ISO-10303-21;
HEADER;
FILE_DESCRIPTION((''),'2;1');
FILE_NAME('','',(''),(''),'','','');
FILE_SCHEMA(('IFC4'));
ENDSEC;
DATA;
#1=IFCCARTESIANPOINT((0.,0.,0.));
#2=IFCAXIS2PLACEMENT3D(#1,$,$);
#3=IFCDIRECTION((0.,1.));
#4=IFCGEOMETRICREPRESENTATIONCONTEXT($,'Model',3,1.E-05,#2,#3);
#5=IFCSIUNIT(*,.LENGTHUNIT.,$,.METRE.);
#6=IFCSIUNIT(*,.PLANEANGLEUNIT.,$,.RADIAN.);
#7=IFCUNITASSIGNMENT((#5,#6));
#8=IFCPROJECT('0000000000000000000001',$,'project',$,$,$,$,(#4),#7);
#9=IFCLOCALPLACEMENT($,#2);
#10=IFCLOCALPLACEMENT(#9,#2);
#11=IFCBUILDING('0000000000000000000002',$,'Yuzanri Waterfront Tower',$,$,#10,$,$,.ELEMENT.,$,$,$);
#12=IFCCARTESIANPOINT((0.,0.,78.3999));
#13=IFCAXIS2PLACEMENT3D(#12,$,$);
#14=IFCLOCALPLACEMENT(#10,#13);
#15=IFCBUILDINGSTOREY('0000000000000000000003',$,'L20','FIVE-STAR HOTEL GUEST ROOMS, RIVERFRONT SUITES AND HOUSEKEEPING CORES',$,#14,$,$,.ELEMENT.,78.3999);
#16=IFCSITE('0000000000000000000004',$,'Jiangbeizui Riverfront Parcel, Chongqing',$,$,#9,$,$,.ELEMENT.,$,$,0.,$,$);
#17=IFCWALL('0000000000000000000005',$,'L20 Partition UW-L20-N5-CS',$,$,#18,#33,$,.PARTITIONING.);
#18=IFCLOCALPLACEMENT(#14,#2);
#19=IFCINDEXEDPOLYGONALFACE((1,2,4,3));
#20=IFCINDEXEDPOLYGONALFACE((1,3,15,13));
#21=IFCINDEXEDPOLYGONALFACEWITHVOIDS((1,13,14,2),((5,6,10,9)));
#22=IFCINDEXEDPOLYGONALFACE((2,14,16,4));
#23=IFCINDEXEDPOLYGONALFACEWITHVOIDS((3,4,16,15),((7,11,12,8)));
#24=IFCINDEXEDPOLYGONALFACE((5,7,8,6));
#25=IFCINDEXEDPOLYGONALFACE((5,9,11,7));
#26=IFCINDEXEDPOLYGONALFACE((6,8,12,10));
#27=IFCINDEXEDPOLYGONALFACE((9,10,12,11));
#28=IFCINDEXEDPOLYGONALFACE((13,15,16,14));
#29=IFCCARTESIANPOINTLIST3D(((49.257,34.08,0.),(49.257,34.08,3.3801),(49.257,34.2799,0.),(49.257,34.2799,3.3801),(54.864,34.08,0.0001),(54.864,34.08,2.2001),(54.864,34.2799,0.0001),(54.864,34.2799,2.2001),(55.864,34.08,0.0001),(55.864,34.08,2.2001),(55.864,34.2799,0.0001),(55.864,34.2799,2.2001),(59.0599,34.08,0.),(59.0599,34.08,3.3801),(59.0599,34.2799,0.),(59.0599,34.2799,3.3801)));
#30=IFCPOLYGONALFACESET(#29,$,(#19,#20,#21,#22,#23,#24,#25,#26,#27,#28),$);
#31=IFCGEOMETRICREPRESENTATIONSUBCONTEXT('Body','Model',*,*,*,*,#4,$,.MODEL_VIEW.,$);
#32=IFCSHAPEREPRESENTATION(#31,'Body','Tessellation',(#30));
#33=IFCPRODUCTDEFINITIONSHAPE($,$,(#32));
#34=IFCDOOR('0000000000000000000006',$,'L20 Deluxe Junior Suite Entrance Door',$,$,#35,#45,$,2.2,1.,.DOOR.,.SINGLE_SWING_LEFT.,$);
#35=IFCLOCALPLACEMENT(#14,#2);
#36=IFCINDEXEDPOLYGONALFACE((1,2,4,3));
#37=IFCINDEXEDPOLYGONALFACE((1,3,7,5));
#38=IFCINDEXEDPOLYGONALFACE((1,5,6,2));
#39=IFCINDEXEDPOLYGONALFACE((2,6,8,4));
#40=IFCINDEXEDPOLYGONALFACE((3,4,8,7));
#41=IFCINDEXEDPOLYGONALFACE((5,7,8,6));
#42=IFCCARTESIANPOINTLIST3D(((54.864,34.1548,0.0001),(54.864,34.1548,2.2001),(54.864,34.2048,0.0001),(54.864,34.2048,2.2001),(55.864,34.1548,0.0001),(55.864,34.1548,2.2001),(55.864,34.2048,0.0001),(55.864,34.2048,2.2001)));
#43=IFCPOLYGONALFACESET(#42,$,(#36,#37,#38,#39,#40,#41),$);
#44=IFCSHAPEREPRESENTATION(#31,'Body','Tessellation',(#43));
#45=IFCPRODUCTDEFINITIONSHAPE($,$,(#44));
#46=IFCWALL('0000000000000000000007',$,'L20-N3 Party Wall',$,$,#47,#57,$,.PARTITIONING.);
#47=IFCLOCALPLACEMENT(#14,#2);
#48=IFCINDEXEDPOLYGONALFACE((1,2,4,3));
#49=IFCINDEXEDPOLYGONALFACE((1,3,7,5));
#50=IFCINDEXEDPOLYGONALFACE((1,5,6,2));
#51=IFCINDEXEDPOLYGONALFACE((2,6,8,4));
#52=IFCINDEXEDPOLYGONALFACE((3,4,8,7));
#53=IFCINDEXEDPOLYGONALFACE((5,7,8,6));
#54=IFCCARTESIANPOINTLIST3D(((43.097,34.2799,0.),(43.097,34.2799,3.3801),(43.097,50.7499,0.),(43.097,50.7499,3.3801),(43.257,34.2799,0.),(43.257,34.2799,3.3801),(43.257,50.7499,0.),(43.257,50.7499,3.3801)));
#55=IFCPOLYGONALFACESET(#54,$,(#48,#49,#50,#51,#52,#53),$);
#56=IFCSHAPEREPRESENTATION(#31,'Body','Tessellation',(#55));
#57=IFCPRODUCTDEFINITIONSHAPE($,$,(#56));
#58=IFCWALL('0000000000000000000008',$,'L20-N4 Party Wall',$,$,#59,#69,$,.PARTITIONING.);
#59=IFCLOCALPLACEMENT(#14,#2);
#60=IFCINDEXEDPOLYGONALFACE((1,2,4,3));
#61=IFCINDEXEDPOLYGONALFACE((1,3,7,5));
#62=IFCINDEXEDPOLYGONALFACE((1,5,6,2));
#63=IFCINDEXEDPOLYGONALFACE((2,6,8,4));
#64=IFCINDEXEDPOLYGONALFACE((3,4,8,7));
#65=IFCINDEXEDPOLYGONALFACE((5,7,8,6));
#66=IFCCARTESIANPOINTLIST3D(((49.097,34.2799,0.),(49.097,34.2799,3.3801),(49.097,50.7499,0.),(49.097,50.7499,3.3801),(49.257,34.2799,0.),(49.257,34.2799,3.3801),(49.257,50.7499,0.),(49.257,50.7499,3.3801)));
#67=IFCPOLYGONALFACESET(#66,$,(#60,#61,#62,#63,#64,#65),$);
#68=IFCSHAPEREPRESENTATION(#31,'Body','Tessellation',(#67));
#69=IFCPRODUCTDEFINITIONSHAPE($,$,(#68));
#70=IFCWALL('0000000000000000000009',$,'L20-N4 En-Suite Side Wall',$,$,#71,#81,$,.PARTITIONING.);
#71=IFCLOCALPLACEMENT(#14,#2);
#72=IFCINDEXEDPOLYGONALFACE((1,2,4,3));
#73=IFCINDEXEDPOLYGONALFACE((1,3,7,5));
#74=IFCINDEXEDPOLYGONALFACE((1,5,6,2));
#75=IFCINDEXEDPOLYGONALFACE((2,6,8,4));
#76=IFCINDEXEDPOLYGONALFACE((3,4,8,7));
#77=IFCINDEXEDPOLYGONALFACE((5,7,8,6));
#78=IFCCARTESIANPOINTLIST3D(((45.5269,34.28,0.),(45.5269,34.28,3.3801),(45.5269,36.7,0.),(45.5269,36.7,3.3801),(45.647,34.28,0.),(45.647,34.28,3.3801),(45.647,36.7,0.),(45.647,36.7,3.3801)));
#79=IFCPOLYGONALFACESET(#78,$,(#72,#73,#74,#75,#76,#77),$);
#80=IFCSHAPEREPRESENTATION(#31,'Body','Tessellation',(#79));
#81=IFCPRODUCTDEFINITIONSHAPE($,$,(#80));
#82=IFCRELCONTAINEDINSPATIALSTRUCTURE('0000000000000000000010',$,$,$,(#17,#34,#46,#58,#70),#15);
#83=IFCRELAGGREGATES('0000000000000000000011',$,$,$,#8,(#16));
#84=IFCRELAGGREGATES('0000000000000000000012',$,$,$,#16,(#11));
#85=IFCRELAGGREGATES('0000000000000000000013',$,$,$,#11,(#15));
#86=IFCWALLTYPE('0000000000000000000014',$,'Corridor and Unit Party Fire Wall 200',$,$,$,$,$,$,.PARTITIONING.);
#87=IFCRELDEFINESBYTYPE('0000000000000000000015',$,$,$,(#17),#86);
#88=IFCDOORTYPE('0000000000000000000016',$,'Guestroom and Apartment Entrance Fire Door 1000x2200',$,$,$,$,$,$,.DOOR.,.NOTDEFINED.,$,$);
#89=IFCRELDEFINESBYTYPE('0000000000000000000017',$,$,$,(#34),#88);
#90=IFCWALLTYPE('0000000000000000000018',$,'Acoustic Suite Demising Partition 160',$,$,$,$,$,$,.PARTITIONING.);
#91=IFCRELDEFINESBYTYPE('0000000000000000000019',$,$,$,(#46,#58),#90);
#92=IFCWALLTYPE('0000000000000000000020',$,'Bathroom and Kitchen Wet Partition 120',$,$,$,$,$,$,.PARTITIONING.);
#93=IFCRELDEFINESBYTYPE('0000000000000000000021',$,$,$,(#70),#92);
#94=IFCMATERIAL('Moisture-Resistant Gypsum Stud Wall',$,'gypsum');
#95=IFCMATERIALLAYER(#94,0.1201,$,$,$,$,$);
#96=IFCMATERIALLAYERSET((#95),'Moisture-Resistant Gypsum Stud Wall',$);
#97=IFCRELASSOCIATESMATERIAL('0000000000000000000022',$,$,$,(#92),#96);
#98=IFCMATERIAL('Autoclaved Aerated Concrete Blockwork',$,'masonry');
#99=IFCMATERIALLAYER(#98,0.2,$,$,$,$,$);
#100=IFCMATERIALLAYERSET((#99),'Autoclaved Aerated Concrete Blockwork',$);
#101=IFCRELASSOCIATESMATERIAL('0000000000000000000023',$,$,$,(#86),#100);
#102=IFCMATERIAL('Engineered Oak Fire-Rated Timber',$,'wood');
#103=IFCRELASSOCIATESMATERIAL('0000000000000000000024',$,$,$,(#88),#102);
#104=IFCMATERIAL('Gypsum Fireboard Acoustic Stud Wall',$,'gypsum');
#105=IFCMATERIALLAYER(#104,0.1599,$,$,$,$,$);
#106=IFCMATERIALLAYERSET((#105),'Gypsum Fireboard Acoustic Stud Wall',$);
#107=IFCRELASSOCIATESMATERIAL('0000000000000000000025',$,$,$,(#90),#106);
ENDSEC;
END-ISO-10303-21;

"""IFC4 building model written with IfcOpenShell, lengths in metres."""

from ifc_helpers import new_model, si_unit, direction, frame, frame_2d, origin, place, context, subcontext, project, spatial, rectangle, extrude, source, transform, mapped, material, layer, layer_set, type_object, element, fill, save


model = new_model("IFC4")

# Units and contexts
model_context = context("Model", 3, precision=1e-05, world=origin(), true_north=direction((0.0, 1.0)))
body_context = subcontext(model_context, "Body", "Model", "MODEL_VIEW")
ifc_project = project(units=[si_unit("LENGTHUNIT", "METRE"), si_unit("PLANEANGLEUNIT", "RADIAN")], contexts=[model_context])

# Site, building, storey
site_placement = place(None, origin())
site = spatial("IfcSite", under=ifc_project, at=site_placement, Name="Jiangbeizui Riverfront Parcel, Chongqing", CompositionType="ELEMENT", RefElevation=0.0)
building_placement = place(site_placement, origin())
building = spatial("IfcBuilding", under=site, at=building_placement, Name="Yuzanri Waterfront Tower", CompositionType="ELEMENT")
storey_placement = place(building_placement, frame((0.0, 0.0, 78.3999)))
storey = spatial("IfcBuildingStorey", under=building, at=storey_placement, Name="L20", Description="FIVE-STAR HOTEL GUEST ROOMS, RIVERFRONT SUITES AND HOUSEKEEPING CORES", CompositionType="ELEMENT", Elevation=78.3999)

# Wall, opening, door
ifc_material_1 = material(Name="Moisture-Resistant Gypsum Stud Wall", Category="gypsum")
ifc_layer_1 = layer(ifc_material_1, 0.1201)
ifc_layer_set_1 = layer_set([ifc_layer_1], Name="Moisture-Resistant Gypsum Stud Wall")
wall_type_1 = type_object("IfcWallType", Name="Bathroom and Kitchen Wet Partition 120", PredefinedType="PARTITIONING", material=ifc_layer_set_1)
ifc_material_2 = material(Name="Autoclaved Aerated Concrete Blockwork", Category="masonry")
ifc_layer_2 = layer(ifc_material_2, 0.2)
ifc_layer_set_2 = layer_set([ifc_layer_2], Name="Autoclaved Aerated Concrete Blockwork")
wall_type_2 = type_object("IfcWallType", Name="Corridor and Unit Party Fire Wall 200", PredefinedType="PARTITIONING", material=ifc_layer_set_2)
ifc_material_3 = material(Name="Engineered Oak Fire-Rated Timber", Category="wood")
door_type_1 = type_object("IfcDoorType", Name="Guestroom and Apartment Entrance Fire Door 1000x2200", OperationType="NOTDEFINED", PredefinedType="DOOR", material=ifc_material_3)
shared_shape_1 = source(origin(), body_context, "Body", "SweptSolid", [
    extrude(rectangle(XDim=1.0, YDim=2.2, at=frame_2d((0.5, 1.1001))), frame((0.0, 0.0249, 0.0), z_axis=(0.0, -1.0, 0.0), x_axis=(1.0, 0.0, 0.0)), (0.0, 0.0, 1.0), 0.05),
])
wall_1_placement = place(storey_placement, frame((49.2571, 34.1799, 0.0), z_axis=(0.0, 0.0, 1.0), x_axis=(1.0, 0.0, 0.0)))
wall_1 = element("IfcWall", 1, at=wall_1_placement, inside=storey, type_object=wall_type_2, Name="L20 Partition UW-L20-N5-CS", PredefinedType="PARTITIONING", context=body_context, shape_type="SweptSolid", body=[
    extrude(rectangle(XDim=9.803, YDim=0.2, at=frame_2d((4.9014, 0.0))), origin(), (0.0, 0.0, 1.0), 3.3801),
])
opening_1_placement = place(wall_1_placement, frame((5.6069, 0.0, 0.0)))
opening_1 = element("IfcOpeningElement", 2, at=opening_1_placement, cuts=wall_1, PredefinedType="OPENING", context=body_context, shape_type="SweptSolid", body=[
    extrude(rectangle(XDim=1.0, YDim=2.2, at=frame_2d((0.5, 1.1001))), frame((0.0, 0.1147, 0.0), z_axis=(0.0, -1.0, 0.0), x_axis=(1.0, 0.0, 0.0)), (0.0, 0.0, 1.0), 0.2297),
])
door_1_placement = place(opening_1_placement, origin())
door_1 = element("IfcDoor", 3, at=door_1_placement, inside=storey, type_object=door_type_1, Name="L20 Deluxe Junior Suite Entrance Door", OperationType="SINGLE_SWING_LEFT", OverallHeight=2.2, OverallWidth=1.0, PredefinedType="DOOR", context=body_context, shape_type="MappedRepresentation", body=[
    mapped(shared_shape_1, transform((0.0, 0.0, 0.0), scale=1.0)),
])
fill(opening_1, door_1)

# Walls
ifc_material_4 = material(Name="Gypsum Fireboard Acoustic Stud Wall", Category="gypsum")
ifc_layer_3 = layer(ifc_material_4, 0.1599)
ifc_layer_set_3 = layer_set([ifc_layer_3], Name="Gypsum Fireboard Acoustic Stud Wall")
wall_type_3 = type_object("IfcWallType", Name="Acoustic Suite Demising Partition 160", PredefinedType="PARTITIONING", material=ifc_layer_set_3)
shared_shape_2 = source(origin(), body_context, "Body", "SweptSolid", [
    extrude(rectangle(XDim=16.47, YDim=0.1599, at=frame_2d((8.2349, 0.0))), origin(), (0.0, 0.0, 1.0), 3.3801),
])
for number, where, z_axis, x_axis, name in (
    (4, (43.177, 34.28, 0.0), (0.0, 0.0, 1.0), (0.0, 1.0, 0.0), "L20-N3 Party Wall"),
    (5, (49.177, 34.28, 0.0), (0.0, 0.0, 1.0), (0.0, 1.0, 0.0), "L20-N4 Party Wall"),
):
    element("IfcWall", number, at=place(storey_placement, frame(where, z_axis=z_axis, x_axis=x_axis)), inside=storey, type_object=wall_type_3, Name=name, PredefinedType="PARTITIONING", context=body_context, shape_type="MappedRepresentation", body=[
        mapped(shared_shape_2, transform((0.0, 0.0, 0.0), scale=1.0)),
    ])
shared_shape_3 = source(origin(), body_context, "Body", "SweptSolid", [
    extrude(rectangle(XDim=2.4199, YDim=0.1201, at=frame_2d((1.21, 0.0))), origin(), (0.0, 0.0, 1.0), 3.3801),
])
wall_2_placement = place(storey_placement, frame((45.5869, 34.28, 0.0), z_axis=(0.0, 0.0, 1.0), x_axis=(0.0, 1.0, 0.0)))
element("IfcWall", 6, at=wall_2_placement, inside=storey, type_object=wall_type_1, Name="L20-N4 En-Suite Side Wall", PredefinedType="PARTITIONING", context=body_context, shape_type="MappedRepresentation", body=[
    mapped(shared_shape_3, transform((0.0, 0.0, 0.0), scale=1.0)),
])

save(model, "model.ifc")
